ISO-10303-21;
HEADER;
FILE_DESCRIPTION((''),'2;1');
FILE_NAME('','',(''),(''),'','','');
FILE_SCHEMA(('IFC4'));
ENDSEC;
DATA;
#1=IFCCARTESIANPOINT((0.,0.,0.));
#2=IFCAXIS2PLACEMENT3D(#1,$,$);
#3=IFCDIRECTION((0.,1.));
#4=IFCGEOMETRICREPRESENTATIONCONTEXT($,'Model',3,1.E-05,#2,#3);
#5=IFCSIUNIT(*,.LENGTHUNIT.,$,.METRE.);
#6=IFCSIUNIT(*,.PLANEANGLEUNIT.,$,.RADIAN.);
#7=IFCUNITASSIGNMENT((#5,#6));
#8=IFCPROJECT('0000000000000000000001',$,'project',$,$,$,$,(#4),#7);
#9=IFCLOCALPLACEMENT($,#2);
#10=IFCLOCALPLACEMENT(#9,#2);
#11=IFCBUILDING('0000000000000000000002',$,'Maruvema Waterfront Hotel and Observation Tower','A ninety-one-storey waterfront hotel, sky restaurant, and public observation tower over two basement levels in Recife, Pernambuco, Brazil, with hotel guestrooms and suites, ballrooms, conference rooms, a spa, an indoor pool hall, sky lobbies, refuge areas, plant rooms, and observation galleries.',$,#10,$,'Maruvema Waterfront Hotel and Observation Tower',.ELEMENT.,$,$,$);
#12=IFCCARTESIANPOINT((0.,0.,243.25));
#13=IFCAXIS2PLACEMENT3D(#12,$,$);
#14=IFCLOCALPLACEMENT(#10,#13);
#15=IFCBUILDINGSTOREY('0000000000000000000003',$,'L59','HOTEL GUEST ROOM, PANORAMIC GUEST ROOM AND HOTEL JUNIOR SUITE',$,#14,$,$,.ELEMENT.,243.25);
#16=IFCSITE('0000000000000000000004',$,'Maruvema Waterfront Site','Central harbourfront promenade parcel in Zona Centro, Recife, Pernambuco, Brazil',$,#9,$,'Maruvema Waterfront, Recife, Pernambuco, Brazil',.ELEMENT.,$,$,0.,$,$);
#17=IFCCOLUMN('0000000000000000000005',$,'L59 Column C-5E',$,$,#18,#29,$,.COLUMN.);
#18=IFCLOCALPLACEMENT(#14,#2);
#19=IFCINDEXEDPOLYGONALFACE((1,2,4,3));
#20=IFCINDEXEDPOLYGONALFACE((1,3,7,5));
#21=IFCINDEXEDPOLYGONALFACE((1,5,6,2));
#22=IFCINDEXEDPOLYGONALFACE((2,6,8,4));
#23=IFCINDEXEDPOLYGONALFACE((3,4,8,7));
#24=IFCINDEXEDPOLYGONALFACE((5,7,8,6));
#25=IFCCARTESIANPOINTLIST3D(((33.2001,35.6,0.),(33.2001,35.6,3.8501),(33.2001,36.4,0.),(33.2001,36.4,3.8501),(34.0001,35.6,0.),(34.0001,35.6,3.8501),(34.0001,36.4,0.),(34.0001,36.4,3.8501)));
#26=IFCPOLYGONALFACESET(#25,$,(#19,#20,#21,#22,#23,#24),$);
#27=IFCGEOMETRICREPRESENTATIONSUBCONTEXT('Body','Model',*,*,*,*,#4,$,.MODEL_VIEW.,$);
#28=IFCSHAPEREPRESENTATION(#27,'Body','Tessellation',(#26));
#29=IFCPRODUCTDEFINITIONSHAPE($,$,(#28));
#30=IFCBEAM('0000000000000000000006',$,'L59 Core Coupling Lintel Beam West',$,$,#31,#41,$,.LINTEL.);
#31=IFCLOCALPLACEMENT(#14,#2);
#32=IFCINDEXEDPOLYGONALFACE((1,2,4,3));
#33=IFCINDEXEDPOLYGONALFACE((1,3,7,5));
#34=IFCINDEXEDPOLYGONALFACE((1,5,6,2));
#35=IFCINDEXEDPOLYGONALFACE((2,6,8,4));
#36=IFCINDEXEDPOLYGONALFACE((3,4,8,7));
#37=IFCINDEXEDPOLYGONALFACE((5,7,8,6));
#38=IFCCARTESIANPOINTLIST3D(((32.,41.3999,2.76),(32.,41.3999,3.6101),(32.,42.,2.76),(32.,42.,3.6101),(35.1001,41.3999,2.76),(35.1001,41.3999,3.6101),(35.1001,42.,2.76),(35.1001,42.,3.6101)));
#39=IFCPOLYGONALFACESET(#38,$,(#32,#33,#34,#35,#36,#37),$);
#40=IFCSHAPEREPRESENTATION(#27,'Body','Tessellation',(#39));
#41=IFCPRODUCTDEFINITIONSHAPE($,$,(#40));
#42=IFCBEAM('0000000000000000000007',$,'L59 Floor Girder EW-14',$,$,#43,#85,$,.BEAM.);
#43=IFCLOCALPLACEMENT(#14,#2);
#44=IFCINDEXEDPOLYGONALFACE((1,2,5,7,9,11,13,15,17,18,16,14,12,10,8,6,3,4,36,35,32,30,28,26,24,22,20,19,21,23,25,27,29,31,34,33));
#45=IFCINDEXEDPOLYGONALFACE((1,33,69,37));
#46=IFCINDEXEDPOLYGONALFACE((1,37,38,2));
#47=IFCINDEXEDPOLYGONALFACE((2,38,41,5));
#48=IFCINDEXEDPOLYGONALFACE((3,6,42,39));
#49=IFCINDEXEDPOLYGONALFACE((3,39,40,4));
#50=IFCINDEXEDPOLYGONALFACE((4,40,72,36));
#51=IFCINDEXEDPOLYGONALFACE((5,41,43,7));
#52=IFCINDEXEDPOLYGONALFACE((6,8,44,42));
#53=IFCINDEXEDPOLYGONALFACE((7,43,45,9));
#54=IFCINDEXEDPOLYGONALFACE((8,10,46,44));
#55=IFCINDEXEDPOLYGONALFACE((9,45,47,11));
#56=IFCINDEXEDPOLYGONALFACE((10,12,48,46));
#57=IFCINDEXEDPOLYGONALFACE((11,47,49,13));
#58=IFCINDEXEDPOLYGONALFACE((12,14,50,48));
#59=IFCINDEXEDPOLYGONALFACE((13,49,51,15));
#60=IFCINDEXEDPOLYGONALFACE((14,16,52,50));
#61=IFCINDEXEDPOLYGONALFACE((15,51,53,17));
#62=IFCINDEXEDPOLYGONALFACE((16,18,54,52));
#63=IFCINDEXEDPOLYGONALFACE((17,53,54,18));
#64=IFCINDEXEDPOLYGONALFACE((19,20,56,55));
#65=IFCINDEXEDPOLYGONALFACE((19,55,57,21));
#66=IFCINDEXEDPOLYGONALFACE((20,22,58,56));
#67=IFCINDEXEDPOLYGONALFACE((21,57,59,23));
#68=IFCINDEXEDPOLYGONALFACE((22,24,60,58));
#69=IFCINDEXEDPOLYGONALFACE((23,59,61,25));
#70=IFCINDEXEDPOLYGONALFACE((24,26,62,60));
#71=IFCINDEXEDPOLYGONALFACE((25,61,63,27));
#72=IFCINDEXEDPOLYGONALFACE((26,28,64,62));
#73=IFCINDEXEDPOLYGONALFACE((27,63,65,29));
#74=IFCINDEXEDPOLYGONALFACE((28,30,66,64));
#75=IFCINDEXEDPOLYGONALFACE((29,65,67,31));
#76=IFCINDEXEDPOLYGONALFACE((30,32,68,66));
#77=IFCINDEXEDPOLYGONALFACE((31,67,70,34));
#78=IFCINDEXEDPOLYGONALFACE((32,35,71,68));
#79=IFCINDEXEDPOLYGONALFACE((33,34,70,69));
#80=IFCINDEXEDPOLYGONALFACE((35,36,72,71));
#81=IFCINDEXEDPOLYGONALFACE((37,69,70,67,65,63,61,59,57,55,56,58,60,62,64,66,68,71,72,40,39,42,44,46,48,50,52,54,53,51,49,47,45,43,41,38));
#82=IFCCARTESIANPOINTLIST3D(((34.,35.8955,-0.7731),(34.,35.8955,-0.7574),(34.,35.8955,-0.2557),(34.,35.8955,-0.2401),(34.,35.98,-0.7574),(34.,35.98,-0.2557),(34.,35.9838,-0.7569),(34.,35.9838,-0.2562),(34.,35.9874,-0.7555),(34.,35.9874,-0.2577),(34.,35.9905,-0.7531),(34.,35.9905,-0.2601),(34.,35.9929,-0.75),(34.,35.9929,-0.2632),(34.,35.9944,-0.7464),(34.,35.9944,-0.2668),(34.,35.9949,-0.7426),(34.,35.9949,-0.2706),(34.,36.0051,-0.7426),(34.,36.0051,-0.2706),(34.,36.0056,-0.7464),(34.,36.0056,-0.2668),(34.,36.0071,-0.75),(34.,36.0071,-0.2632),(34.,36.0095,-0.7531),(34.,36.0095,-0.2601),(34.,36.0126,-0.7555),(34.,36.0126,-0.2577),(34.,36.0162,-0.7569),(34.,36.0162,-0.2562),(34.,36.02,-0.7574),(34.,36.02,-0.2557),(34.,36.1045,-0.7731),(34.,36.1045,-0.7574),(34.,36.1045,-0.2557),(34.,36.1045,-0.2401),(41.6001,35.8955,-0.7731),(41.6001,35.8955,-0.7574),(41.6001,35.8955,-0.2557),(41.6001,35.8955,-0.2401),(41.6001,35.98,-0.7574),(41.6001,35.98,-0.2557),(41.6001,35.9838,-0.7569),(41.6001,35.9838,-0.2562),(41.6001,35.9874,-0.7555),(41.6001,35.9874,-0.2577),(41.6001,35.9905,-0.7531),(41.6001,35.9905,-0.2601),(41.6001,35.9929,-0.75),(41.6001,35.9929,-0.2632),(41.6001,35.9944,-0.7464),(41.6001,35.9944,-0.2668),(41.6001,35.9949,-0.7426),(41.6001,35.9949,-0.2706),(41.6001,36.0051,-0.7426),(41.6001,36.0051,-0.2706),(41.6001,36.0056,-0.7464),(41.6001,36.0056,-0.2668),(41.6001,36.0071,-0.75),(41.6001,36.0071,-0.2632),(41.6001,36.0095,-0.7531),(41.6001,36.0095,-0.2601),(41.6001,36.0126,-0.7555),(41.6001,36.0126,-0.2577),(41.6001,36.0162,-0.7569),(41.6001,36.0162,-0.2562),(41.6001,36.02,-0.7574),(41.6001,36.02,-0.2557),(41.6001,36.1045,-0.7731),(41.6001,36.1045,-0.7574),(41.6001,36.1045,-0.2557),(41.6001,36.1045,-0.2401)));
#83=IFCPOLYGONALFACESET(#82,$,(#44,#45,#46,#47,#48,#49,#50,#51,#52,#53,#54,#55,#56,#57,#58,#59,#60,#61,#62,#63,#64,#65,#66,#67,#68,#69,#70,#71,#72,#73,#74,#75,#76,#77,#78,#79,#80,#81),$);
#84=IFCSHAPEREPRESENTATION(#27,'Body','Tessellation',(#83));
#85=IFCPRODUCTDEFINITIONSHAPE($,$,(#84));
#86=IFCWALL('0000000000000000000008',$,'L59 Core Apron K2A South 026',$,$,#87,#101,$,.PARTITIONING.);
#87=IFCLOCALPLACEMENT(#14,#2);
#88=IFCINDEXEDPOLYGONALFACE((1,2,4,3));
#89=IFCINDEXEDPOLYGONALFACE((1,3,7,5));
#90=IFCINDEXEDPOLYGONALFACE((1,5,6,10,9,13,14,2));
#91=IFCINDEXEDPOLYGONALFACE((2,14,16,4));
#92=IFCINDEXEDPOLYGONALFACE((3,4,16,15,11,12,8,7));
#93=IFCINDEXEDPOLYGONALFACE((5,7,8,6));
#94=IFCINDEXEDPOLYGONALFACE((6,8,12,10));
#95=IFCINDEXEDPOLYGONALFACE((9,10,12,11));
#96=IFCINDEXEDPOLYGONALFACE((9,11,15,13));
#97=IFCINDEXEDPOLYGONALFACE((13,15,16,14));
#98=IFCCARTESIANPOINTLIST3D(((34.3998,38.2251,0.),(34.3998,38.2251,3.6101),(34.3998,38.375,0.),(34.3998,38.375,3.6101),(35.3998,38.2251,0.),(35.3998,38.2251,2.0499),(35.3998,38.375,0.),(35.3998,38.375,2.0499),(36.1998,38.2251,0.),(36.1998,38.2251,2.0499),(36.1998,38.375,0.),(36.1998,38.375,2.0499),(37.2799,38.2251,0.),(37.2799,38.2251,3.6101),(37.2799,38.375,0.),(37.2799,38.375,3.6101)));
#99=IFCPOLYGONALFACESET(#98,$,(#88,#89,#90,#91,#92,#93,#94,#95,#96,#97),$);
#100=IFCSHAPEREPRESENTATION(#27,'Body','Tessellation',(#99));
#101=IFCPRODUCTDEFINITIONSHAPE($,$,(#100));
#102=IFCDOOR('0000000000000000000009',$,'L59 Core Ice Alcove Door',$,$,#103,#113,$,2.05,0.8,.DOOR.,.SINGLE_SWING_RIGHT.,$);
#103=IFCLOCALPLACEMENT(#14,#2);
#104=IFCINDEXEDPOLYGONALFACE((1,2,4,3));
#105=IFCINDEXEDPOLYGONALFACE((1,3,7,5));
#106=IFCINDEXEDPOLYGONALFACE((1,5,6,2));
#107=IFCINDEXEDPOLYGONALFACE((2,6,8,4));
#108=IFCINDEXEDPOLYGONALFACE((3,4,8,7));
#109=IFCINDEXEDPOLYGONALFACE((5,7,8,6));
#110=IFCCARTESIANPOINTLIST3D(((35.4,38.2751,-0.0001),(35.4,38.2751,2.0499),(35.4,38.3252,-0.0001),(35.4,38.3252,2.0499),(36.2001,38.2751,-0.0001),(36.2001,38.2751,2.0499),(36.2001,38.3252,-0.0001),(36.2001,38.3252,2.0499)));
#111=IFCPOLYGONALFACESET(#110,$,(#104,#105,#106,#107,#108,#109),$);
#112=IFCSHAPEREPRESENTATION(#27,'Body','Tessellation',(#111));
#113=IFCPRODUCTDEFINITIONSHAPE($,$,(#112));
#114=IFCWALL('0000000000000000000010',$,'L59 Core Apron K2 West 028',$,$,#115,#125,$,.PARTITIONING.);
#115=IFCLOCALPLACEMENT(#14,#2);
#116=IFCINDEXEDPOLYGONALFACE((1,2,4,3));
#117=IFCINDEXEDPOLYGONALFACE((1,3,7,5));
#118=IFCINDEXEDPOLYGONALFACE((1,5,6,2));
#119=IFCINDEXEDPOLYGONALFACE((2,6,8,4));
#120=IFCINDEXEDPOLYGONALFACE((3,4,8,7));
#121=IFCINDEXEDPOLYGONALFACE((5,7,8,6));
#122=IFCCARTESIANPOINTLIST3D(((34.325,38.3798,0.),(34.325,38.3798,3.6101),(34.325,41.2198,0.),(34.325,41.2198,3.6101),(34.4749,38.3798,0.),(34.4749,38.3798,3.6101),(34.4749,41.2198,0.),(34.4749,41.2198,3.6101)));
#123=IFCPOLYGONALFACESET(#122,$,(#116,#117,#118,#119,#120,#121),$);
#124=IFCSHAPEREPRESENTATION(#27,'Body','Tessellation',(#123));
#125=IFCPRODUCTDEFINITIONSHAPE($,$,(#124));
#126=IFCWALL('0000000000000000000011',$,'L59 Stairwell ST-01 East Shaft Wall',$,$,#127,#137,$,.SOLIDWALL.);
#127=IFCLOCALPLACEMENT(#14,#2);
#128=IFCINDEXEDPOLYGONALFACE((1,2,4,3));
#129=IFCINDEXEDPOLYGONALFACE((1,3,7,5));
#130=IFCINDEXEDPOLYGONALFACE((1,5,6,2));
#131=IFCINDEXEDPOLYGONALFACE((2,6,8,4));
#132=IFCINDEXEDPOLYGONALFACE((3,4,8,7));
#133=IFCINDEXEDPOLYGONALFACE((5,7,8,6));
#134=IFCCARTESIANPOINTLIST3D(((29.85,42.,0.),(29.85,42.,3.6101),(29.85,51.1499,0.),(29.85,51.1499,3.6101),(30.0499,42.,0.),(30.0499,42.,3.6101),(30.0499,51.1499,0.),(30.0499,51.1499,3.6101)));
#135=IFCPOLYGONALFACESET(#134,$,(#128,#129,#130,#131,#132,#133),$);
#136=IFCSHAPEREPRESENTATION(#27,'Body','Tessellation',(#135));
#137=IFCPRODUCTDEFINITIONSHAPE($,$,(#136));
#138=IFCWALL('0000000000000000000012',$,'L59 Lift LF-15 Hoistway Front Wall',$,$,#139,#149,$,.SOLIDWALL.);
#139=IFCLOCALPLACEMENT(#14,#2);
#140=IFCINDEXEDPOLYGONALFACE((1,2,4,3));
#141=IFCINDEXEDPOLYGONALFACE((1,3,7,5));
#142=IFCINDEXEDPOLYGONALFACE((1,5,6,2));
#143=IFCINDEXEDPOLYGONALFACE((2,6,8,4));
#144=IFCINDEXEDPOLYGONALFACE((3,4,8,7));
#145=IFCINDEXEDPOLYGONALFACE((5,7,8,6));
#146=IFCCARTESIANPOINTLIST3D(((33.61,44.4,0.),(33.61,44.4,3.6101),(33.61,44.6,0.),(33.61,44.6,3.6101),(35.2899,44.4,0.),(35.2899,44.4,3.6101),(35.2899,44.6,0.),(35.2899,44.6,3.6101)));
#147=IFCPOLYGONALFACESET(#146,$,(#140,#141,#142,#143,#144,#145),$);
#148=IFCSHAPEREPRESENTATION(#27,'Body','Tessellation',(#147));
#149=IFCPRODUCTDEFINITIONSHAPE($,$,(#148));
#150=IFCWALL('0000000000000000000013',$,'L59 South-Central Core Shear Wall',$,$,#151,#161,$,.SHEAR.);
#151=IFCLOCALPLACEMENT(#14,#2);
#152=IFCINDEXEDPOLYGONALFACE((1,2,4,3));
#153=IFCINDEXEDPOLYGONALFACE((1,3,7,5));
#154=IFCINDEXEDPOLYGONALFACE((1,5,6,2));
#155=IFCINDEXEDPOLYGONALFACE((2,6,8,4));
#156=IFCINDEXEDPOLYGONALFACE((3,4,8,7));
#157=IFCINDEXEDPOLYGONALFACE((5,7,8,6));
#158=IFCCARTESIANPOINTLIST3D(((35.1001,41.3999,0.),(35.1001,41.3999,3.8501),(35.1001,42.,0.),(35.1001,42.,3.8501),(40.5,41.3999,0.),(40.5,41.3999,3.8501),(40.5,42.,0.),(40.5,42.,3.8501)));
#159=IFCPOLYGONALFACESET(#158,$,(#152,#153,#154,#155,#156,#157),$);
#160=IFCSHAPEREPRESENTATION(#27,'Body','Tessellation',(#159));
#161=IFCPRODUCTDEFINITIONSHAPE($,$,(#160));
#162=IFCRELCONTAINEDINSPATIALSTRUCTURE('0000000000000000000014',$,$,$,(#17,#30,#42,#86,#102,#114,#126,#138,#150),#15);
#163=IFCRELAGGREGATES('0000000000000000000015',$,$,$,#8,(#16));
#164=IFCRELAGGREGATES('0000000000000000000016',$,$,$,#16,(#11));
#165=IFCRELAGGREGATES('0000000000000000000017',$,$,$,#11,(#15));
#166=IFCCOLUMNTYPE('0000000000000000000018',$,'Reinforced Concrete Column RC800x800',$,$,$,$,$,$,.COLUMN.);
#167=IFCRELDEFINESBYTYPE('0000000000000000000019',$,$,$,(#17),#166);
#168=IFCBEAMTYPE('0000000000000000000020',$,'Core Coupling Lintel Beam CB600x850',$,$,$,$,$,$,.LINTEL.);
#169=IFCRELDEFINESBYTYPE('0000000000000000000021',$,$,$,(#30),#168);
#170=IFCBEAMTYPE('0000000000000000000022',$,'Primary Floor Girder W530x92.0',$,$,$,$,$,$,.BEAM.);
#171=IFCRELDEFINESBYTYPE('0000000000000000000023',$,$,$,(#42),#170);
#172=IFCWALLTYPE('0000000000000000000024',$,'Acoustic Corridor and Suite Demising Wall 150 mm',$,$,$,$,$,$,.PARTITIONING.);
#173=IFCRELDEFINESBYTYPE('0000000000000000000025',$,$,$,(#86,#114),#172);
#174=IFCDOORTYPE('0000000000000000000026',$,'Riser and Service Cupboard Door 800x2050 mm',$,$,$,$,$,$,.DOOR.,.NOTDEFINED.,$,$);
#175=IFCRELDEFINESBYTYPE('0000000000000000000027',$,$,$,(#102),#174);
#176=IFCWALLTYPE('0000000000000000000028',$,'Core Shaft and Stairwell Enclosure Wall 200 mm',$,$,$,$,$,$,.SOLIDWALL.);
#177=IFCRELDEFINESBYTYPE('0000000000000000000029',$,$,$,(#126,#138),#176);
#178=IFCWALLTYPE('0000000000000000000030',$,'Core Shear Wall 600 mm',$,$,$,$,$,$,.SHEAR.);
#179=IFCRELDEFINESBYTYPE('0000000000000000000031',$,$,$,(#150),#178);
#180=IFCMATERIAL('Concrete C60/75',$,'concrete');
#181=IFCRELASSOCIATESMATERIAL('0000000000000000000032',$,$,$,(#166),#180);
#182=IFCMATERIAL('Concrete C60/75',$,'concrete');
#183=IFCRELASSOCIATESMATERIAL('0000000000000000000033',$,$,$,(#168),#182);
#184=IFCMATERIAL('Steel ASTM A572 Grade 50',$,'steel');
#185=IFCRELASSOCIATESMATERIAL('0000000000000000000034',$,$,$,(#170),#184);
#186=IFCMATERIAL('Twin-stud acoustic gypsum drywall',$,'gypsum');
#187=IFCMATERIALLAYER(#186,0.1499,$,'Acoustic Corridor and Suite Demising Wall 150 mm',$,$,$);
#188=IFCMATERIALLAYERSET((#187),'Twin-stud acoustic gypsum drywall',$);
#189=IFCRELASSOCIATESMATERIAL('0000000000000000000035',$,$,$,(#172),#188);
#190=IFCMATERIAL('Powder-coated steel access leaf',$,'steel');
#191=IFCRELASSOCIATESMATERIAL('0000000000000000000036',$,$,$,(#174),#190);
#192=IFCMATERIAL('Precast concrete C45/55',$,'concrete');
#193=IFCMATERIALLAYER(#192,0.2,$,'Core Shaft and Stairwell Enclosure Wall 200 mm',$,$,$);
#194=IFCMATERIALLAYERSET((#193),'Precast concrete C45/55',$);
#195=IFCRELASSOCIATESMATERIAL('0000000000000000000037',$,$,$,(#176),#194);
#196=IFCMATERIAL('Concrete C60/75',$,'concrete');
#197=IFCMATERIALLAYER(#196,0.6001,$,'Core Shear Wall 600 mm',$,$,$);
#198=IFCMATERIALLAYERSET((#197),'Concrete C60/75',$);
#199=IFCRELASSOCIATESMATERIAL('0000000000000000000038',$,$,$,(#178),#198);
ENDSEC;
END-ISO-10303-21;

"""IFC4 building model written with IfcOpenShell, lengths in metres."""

from ifc_helpers import new_model, si_unit, direction, frame, frame_2d, origin, origin_2d, place, context, subcontext, project, spatial, rectangle, i_section, extrude, material, layer, layer_set, material_profile, profile_set, type_object, element, fill, save


model = new_model("IFC4")

# Units and contexts
model_context = context("Model", 3, precision=1e-05, world=origin(), true_north=direction((0.0, 1.0)))
body_context = subcontext(model_context, "Body", "Model", "MODEL_VIEW")
ifc_project = project(units=[si_unit("LENGTHUNIT", "METRE"), si_unit("PLANEANGLEUNIT", "RADIAN")], contexts=[model_context])

# Site, building, storey
site_placement = place(None, origin())
site = spatial("IfcSite", under=ifc_project, at=site_placement, Name="Maruvema Waterfront Site", Description="Central harbourfront promenade parcel in Zona Centro, Recife, Pernambuco, Brazil", LongName="Maruvema Waterfront, Recife, Pernambuco, Brazil", CompositionType="ELEMENT", RefElevation=0.0)
building_placement = place(site_placement, origin())
building = spatial("IfcBuilding", under=site, at=building_placement, Name="Maruvema Waterfront Hotel and Observation Tower", Description="A ninety-one-storey waterfront hotel, sky restaurant, and public observation tower over two basement levels in Recife, Pernambuco, Brazil, with hotel guestrooms and suites, ballrooms, conference rooms, a spa, an indoor pool hall, sky lobbies, refuge areas, plant rooms, and observation galleries.", LongName="Maruvema Waterfront Hotel and Observation Tower", CompositionType="ELEMENT")
storey_placement = place(building_placement, frame((0.0, 0.0, 243.25)))
storey = spatial("IfcBuildingStorey", under=building, at=storey_placement, Name="L59", Description="HOTEL GUEST ROOM, PANORAMIC GUEST ROOM AND HOTEL JUNIOR SUITE", CompositionType="ELEMENT", Elevation=243.25)

# Column
ifc_material_1 = material(Name="Concrete C60/75", Category="concrete")
ifc_material_profile_1 = material_profile(ifc_material_1, rectangle(XDim=0.8, YDim=0.8, at=origin_2d()), Name="RC800x800")
ifc_profile_set_1 = profile_set([ifc_material_profile_1], Name="Concrete C60/75")
column_type = type_object("IfcColumnType", Name="Reinforced Concrete Column RC800x800", PredefinedType="COLUMN", material=ifc_profile_set_1)
column_placement = place(storey_placement, frame((33.6001, 36.0, 0.0), z_axis=(0.0, 0.0, 1.0), x_axis=(1.0, 0.0, 0.0)))
element("IfcColumn", 1, at=column_placement, inside=storey, type_object=column_type, Name="L59 Column C-5E", PredefinedType="COLUMN", context=body_context, shape_type="SweptSolid", body=[
    extrude(rectangle(XDim=0.8, YDim=0.8, at=origin_2d()), origin(), (0.0, 0.0, 1.0), 3.8501),
])

# Beams
ifc_material_2 = material(Name="Concrete C60/75", Category="concrete")
ifc_material_profile_2 = material_profile(ifc_material_2, rectangle(XDim=0.6001, YDim=0.8501, at=origin_2d()), Name="CB600x850")
ifc_profile_set_2 = profile_set([ifc_material_profile_2], Name="Concrete C60/75")
beam_type_1 = type_object("IfcBeamType", Name="Core Coupling Lintel Beam CB600x850", PredefinedType="LINTEL", material=ifc_profile_set_2)
beam_1_placement = place(storey_placement, frame((32.0, 41.7, 3.1851), z_axis=(1.0, 0.0, 0.0), x_axis=(0.0, 1.0, 0.0)))
element("IfcBeam", 2, at=beam_1_placement, inside=storey, type_object=beam_type_1, Name="L59 Core Coupling Lintel Beam West", PredefinedType="LINTEL", context=body_context, shape_type="SweptSolid", body=[
    extrude(rectangle(XDim=0.6001, YDim=0.8501, at=origin_2d()), origin(), (0.0, 0.0, 1.0), 3.1001),
])
ifc_material_3 = material(Name="Steel ASTM A572 Grade 50", Category="steel")
ifc_material_profile_3 = material_profile(ifc_material_3, i_section(OverallWidth=0.209, OverallDepth=0.533, WebThickness=0.0103, FlangeThickness=0.0156, FilletRadius=0.0149, at=origin_2d()), Name="W530x92.0")
ifc_profile_set_3 = profile_set([ifc_material_profile_3], Name="Steel ASTM A572 Grade 50")
beam_type_2 = type_object("IfcBeamType", Name="Primary Floor Girder W530x92.0", PredefinedType="BEAM", material=ifc_profile_set_3)
beam_2_placement = place(storey_placement, frame((34.0, 36.0, -0.5066), z_axis=(1.0, 0.0, 0.0), x_axis=(0.0, 1.0, 0.0)))
element("IfcBeam", 3, at=beam_2_placement, inside=storey, type_object=beam_type_2, Name="L59 Floor Girder EW-14", PredefinedType="BEAM", context=body_context, shape_type="SweptSolid", body=[
    extrude(i_section(OverallWidth=0.209, OverallDepth=0.533, WebThickness=0.0103, FlangeThickness=0.0156, FilletRadius=0.0149, at=origin_2d()), origin(), (0.0, 0.0, 1.0), 7.6001),
])

# Wall, opening, door
ifc_material_4 = material(Name="Twin-stud acoustic gypsum drywall", Category="gypsum")
ifc_layer_1 = layer(ifc_material_4, 0.1499, Name="Acoustic Corridor and Suite Demising Wall 150 mm")
ifc_layer_set_1 = layer_set([ifc_layer_1], Name="Twin-stud acoustic gypsum drywall")
wall_type_1 = type_object("IfcWallType", Name="Acoustic Corridor and Suite Demising Wall 150 mm", PredefinedType="PARTITIONING", material=ifc_layer_set_1)
wall_1_placement = place(storey_placement, frame((34.3999, 38.3, 0.0), z_axis=(0.0, 0.0, 1.0), x_axis=(1.0, 0.0, 0.0)))
wall_1 = element("IfcWall", 4, at=wall_1_placement, inside=storey, type_object=wall_type_1, Name="L59 Core Apron K2A South 026", PredefinedType="PARTITIONING", context=body_context, shape_type="SweptSolid", body=[
    extrude(rectangle(XDim=2.8801, YDim=0.1499, at=frame_2d((1.4399, 0.0))), origin(), (0.0, 0.0, 1.0), 3.6101),
])
opening_1_placement = place(wall_1_placement, frame((1.0, 0.0, 0.0)))
opening_1 = element("IfcOpeningElement", 5, at=opening_1_placement, cuts=wall_1, PredefinedType="OPENING", context=body_context, shape_type="SweptSolid", body=[
    extrude(rectangle(XDim=0.8, YDim=2.05, at=frame_2d((0.3999, 1.0249))), frame((0.0, 0.085, 0.0), z_axis=(0.0, -1.0, 0.0), x_axis=(1.0, 0.0, 0.0)), (0.0, 0.0, 1.0), 0.1699),
])
ifc_material_5 = material(Name="Powder-coated steel access leaf", Category="steel")
door_type_1 = type_object("IfcDoorType", Name="Riser and Service Cupboard Door 800x2050 mm", OperationType="NOTDEFINED", PredefinedType="DOOR", material=ifc_material_5)
door_1_placement = place(opening_1_placement, frame((0.8, 0.0, 0.0), z_axis=(0.0, 0.0, 1.0), x_axis=(-1.0, 0.0, 0.0)))
door_1 = element("IfcDoor", 6, at=door_1_placement, inside=storey, type_object=door_type_1, Name="L59 Core Ice Alcove Door", OperationType="SINGLE_SWING_RIGHT", OverallHeight=2.05, OverallWidth=0.8, PredefinedType="DOOR", context=body_context, shape_type="SweptSolid", body=[
    extrude(rectangle(XDim=0.8, YDim=2.05, at=frame_2d((0.3999, 1.0249))), frame((0.0, 0.0249, 0.0), z_axis=(0.0, -1.0, 0.0), x_axis=(1.0, 0.0, 0.0)), (0.0, 0.0, 1.0), 0.05),
])
fill(opening_1, door_1)

# Walls
wall_2_placement = place(storey_placement, frame((34.3999, 38.3799, 0.0), z_axis=(0.0, 0.0, 1.0), x_axis=(0.0, 1.0, 0.0)))
element("IfcWall", 7, at=wall_2_placement, inside=storey, type_object=wall_type_1, Name="L59 Core Apron K2 West 028", PredefinedType="PARTITIONING", context=body_context, shape_type="SweptSolid", body=[
    extrude(rectangle(XDim=2.8401, YDim=0.1499, at=frame_2d((1.4199, 0.0))), origin(), (0.0, 0.0, 1.0), 3.6101),
])
ifc_material_6 = material(Name="Precast concrete C45/55", Category="concrete")
ifc_layer_2 = layer(ifc_material_6, 0.2, Name="Core Shaft and Stairwell Enclosure Wall 200 mm")
ifc_layer_set_2 = layer_set([ifc_layer_2], Name="Precast concrete C45/55")
wall_type_2 = type_object("IfcWallType", Name="Core Shaft and Stairwell Enclosure Wall 200 mm", PredefinedType="SOLIDWALL", material=ifc_layer_set_2)
wall_3_placement = place(storey_placement, frame((29.95, 42.0, 0.0), z_axis=(0.0, 0.0, 1.0), x_axis=(0.0, 1.0, 0.0)))
element("IfcWall", 8, at=wall_3_placement, inside=storey, type_object=wall_type_2, Name="L59 Stairwell ST-01 East Shaft Wall", PredefinedType="SOLIDWALL", context=body_context, shape_type="SweptSolid", body=[
    extrude(rectangle(XDim=9.1499, YDim=0.2, at=frame_2d((4.575, 0.0))), origin(), (0.0, 0.0, 1.0), 3.6101),
])

# Walls
wall_4_placement = place(storey_placement, frame((33.6101, 44.5, 0.0), z_axis=(0.0, 0.0, 1.0), x_axis=(1.0, 0.0, 0.0)))
element("IfcWall", 9, at=wall_4_placement, inside=storey, type_object=wall_type_2, Name="L59 Lift LF-15 Hoistway Front Wall", PredefinedType="SOLIDWALL", context=body_context, shape_type="SweptSolid", body=[
    extrude(rectangle(XDim=1.6799, YDim=0.2, at=frame_2d((0.8398, 0.0))), origin(), (0.0, 0.0, 1.0), 3.6101),
])
ifc_material_7 = material(Name="Concrete C60/75", Category="concrete")
ifc_layer_3 = layer(ifc_material_7, 0.6001, Name="Core Shear Wall 600 mm")
ifc_layer_set_3 = layer_set([ifc_layer_3], Name="Concrete C60/75")
wall_type_3 = type_object("IfcWallType", Name="Core Shear Wall 600 mm", PredefinedType="SHEAR", material=ifc_layer_set_3)
wall_5_placement = place(storey_placement, frame((35.1001, 41.7, 0.0), z_axis=(0.0, 0.0, 1.0), x_axis=(1.0, 0.0, 0.0)))
element("IfcWall", 10, at=wall_5_placement, inside=storey, type_object=wall_type_3, Name="L59 South-Central Core Shear Wall", PredefinedType="SHEAR", context=body_context, shape_type="SweptSolid", body=[
    extrude(rectangle(XDim=5.3999, YDim=0.6001, at=frame_2d((2.7, 0.0))), origin(), (0.0, 0.0, 1.0), 3.8501),
])

save(model, "model.ifc")
